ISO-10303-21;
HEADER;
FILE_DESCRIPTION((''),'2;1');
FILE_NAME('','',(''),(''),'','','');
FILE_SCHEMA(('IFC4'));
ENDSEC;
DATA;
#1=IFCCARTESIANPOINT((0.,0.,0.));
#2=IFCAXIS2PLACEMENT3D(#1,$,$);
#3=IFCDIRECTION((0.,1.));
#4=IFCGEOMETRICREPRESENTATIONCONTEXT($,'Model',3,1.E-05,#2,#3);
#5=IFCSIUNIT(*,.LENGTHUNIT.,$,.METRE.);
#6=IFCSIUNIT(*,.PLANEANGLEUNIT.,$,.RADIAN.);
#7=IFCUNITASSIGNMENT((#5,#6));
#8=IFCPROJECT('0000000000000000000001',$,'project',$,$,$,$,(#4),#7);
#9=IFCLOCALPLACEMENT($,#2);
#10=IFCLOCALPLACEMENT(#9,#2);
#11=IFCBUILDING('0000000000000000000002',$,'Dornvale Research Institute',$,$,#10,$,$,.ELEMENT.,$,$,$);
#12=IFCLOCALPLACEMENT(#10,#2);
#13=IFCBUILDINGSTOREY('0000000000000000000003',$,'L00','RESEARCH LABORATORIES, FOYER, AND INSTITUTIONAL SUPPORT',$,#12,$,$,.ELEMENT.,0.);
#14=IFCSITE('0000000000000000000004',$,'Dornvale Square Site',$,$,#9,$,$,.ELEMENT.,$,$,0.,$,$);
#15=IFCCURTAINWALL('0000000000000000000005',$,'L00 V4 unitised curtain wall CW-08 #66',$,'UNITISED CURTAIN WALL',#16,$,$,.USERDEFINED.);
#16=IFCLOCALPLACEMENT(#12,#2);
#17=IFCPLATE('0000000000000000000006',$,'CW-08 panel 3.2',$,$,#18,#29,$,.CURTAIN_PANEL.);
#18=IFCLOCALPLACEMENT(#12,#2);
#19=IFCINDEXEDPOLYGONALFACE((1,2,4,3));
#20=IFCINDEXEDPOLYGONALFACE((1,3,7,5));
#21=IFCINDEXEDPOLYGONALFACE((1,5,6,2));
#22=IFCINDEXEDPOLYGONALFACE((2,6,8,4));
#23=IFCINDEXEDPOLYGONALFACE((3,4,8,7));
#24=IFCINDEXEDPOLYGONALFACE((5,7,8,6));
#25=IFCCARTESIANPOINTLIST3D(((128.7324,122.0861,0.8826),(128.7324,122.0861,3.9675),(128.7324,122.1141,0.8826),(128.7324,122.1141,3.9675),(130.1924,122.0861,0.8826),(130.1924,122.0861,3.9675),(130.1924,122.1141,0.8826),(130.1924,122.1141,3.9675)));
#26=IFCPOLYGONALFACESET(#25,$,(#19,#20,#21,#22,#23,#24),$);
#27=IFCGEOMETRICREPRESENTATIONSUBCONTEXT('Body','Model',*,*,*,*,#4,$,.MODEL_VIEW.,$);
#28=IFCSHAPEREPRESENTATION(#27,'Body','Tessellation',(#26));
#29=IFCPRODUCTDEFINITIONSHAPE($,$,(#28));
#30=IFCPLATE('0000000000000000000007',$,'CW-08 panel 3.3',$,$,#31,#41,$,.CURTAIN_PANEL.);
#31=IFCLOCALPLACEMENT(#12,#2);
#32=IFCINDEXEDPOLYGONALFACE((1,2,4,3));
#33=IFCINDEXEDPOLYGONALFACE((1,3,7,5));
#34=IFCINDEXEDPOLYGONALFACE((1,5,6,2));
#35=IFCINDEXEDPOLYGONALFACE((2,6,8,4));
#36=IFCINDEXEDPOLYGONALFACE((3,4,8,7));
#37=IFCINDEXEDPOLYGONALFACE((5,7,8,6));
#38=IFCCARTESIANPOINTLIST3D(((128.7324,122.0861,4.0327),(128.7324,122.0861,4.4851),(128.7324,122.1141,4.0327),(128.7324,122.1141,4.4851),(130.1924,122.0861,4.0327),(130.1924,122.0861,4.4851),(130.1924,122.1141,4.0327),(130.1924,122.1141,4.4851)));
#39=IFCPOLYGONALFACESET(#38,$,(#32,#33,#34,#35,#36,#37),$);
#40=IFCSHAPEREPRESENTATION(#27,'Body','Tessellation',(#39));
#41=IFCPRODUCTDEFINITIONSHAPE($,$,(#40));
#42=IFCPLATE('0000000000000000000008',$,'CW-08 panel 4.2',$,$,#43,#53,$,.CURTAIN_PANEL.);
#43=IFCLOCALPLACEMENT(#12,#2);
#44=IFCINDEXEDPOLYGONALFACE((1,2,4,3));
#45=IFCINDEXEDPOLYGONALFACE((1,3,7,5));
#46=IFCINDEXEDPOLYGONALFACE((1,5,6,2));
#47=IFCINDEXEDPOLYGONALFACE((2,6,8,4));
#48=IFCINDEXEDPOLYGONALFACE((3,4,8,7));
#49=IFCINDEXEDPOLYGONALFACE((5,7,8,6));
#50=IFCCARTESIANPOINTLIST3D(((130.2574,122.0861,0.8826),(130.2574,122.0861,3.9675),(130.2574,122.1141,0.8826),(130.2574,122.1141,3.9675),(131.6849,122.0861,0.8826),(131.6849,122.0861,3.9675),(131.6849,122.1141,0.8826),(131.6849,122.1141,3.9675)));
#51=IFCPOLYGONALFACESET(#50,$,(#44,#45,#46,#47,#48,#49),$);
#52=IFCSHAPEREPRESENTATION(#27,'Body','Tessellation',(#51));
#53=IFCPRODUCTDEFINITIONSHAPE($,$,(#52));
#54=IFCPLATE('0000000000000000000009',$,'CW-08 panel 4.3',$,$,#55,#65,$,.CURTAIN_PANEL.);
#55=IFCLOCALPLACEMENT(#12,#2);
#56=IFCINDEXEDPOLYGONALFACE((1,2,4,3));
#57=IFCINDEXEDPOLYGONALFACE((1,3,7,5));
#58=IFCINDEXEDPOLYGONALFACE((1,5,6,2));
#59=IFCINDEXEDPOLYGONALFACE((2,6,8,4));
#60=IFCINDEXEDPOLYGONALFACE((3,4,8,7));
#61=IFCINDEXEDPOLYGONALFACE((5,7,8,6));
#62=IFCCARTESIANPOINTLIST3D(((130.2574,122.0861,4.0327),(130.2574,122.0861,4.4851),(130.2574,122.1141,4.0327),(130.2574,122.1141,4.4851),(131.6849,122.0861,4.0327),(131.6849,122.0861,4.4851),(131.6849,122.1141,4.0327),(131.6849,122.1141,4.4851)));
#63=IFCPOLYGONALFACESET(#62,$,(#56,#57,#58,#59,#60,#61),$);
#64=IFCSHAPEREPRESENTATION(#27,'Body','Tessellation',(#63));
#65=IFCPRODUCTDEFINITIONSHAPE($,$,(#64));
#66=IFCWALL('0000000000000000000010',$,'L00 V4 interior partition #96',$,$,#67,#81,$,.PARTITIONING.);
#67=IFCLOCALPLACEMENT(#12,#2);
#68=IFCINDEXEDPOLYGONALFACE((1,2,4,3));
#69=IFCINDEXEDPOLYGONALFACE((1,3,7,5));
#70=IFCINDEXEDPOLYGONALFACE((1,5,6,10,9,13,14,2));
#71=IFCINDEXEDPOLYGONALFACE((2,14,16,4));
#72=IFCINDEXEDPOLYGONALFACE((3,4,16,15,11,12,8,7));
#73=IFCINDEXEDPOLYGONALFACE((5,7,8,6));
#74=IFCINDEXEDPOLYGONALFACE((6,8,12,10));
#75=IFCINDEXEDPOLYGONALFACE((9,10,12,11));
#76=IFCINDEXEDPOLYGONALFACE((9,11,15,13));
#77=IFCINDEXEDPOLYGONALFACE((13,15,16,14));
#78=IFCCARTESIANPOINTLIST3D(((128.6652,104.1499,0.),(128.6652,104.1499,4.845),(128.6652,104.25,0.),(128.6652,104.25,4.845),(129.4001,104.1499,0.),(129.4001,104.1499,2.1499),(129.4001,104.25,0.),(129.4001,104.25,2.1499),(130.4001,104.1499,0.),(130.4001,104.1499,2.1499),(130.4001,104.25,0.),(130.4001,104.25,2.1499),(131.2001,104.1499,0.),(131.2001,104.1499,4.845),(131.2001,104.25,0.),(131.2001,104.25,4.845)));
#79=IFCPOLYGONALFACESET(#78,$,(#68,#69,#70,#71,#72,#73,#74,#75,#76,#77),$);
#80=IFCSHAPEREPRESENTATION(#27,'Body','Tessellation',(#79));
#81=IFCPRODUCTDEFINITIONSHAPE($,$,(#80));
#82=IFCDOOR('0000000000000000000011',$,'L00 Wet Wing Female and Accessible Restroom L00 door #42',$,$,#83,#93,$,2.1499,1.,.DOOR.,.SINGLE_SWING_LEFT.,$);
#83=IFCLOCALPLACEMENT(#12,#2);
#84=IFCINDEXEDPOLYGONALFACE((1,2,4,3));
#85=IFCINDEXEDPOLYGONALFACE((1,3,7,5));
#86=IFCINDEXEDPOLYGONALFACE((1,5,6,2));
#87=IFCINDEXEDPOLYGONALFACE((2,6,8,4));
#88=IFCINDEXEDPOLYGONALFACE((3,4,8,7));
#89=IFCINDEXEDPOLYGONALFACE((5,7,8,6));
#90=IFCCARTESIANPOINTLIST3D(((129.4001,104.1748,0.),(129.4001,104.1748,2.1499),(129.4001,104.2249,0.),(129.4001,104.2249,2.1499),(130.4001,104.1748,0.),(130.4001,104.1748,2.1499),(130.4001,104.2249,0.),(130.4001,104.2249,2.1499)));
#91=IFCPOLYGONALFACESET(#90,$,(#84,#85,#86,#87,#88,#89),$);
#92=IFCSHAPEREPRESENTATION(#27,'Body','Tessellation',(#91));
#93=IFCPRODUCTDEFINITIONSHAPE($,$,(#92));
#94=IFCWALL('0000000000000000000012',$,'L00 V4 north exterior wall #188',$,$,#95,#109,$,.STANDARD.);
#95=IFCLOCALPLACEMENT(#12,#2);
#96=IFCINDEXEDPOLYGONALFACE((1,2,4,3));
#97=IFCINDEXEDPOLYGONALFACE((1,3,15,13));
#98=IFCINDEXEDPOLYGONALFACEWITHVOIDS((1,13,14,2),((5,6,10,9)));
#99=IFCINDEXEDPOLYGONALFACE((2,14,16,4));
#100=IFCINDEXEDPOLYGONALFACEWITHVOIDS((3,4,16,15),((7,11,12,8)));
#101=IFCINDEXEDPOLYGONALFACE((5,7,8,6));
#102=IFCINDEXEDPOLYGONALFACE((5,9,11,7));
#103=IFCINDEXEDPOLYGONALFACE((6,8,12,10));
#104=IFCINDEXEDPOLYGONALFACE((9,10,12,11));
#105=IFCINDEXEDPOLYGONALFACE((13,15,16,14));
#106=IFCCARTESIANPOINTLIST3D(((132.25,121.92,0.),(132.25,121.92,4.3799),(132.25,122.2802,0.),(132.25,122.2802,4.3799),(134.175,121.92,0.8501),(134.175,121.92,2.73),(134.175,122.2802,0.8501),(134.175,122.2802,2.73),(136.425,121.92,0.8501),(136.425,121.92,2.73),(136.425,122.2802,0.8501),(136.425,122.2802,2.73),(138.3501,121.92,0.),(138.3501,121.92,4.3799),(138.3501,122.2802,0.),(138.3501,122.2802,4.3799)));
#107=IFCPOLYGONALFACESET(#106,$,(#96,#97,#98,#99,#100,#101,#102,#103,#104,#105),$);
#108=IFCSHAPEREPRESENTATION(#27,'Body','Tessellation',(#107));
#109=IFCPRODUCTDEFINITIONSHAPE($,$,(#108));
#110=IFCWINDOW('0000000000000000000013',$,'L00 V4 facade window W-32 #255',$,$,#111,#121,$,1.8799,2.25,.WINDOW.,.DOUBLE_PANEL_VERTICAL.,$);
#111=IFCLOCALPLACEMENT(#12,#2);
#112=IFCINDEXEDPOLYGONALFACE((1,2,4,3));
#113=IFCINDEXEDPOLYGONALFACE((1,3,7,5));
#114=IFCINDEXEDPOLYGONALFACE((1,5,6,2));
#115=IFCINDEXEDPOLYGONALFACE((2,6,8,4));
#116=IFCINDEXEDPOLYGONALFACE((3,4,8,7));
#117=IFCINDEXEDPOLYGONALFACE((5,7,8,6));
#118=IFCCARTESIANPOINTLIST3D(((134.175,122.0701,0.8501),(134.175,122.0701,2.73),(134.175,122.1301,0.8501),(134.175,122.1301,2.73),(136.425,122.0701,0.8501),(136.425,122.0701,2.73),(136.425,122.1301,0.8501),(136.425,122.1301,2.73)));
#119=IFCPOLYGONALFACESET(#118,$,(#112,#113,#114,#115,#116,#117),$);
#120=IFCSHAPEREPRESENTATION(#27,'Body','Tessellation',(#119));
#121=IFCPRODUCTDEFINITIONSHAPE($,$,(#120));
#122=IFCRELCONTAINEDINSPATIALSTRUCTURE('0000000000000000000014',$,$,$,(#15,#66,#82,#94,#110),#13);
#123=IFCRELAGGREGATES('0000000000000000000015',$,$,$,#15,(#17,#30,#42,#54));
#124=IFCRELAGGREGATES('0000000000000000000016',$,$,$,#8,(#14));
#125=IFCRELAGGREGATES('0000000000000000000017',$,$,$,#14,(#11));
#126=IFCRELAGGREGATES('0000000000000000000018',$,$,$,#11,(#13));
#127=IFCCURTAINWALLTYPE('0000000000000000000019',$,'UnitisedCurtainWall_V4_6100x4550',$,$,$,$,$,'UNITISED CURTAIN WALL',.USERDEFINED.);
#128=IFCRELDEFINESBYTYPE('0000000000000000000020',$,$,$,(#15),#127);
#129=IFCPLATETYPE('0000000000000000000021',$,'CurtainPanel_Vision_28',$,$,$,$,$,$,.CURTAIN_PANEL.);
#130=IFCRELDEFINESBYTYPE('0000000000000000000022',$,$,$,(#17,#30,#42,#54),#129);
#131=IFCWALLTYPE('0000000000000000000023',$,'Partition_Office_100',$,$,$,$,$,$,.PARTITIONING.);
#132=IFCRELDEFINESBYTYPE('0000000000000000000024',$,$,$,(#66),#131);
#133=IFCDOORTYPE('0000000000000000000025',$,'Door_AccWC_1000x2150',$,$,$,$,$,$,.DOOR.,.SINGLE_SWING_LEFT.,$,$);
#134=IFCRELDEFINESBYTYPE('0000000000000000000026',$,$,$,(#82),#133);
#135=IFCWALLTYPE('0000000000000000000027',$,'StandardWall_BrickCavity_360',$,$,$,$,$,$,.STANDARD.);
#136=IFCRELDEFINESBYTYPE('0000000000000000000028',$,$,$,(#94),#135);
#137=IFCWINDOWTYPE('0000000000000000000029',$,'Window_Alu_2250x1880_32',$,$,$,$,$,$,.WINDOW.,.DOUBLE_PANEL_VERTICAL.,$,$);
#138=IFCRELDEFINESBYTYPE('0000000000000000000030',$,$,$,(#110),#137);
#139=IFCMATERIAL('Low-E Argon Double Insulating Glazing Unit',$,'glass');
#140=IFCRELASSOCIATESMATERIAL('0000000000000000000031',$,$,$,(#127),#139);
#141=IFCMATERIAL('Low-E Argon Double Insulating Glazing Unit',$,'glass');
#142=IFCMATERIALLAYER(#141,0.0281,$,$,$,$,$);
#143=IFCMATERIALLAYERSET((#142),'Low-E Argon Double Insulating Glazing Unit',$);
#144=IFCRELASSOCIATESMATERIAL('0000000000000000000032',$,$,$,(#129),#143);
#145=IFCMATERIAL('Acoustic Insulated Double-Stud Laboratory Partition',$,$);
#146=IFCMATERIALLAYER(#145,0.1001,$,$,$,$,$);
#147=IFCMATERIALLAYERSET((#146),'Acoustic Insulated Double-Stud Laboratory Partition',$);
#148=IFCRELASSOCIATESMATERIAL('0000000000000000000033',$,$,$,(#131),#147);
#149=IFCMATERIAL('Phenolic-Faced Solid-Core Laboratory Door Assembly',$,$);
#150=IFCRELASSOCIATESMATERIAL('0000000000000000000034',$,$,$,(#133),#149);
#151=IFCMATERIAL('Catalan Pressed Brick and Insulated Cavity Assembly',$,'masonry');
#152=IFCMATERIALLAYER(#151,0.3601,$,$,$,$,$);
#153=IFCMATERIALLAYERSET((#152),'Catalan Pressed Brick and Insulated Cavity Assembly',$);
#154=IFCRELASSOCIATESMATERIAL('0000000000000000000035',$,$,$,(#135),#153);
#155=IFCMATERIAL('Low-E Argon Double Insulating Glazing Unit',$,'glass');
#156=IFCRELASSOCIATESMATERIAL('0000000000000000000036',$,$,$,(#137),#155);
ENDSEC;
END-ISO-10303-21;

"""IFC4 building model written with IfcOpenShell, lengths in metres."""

from ifc_helpers import new_model, si_unit, direction, frame, frame_2d, origin, origin_2d, place, context, subcontext, project, spatial, rectangle, extrude, material, layer, layer_set, type_object, element, fill, aggregate, save


model = new_model("IFC4")

# Units and contexts
model_context = context("Model", 3, precision=1e-05, world=origin(), true_north=direction((0.0, 1.0)))
body_context = subcontext(model_context, "Body", "Model", "MODEL_VIEW")
ifc_project = project(units=[si_unit("LENGTHUNIT", "METRE"), si_unit("PLANEANGLEUNIT", "RADIAN")], contexts=[model_context])

# Site, building, storey
site_placement = place(None, origin())
site = spatial("IfcSite", under=ifc_project, at=site_placement, Name="Dornvale Square Site", CompositionType="ELEMENT", RefElevation=0.0)
building_placement = place(site_placement, origin())
building = spatial("IfcBuilding", under=site, at=building_placement, Name="Dornvale Research Institute", CompositionType="ELEMENT")
storey_placement = place(building_placement, origin())
storey = spatial("IfcBuildingStorey", under=building, at=storey_placement, Name="L00", Description="RESEARCH LABORATORIES, FOYER, AND INSTITUTIONAL SUPPORT", CompositionType="ELEMENT", Elevation=0.0)

# Curtain wall, plates
ifc_material_1 = material(Name="Low-E Argon Double Insulating Glazing Unit", Category="glass")
curtain_wall_type = type_object("IfcCurtainWallType", Name="UnitisedCurtainWall_V4_6100x4550", ElementType="UNITISED CURTAIN WALL", PredefinedType="USERDEFINED", material=ifc_material_1)
curtain_wall_placement = place(storey_placement, origin())
curtain_wall = element("IfcCurtainWall", 1, at=curtain_wall_placement, inside=storey, type_object=curtain_wall_type, Name="L00 V4 unitised curtain wall CW-08 #66", ObjectType="UNITISED CURTAIN WALL", PredefinedType="USERDEFINED")
ifc_material_2 = material(Name="Low-E Argon Double Insulating Glazing Unit", Category="glass")
ifc_layer_1 = layer(ifc_material_2, 0.0281)
ifc_layer_set_1 = layer_set([ifc_layer_1], Name="Low-E Argon Double Insulating Glazing Unit")
plate_type_1 = type_object("IfcPlateType", Name="CurtainPanel_Vision_28", PredefinedType="CURTAIN_PANEL", material=ifc_layer_set_1)
plate_1_placement = place(storey_placement, frame((129.4624, 122.1001, 0.8826), z_axis=(0.0, 0.0, 1.0), x_axis=(1.0, 0.0, 0.0)))
plate_1 = element("IfcPlate", 2, at=plate_1_placement, type_object=plate_type_1, Name="CW-08 panel 3.2", PredefinedType="CURTAIN_PANEL", context=body_context, shape_type="SweptSolid", body=[
    extrude(rectangle(XDim=1.46, YDim=0.0281, at=origin_2d()), origin(), (0.0, 0.0, 1.0), 3.085),
])
plate_2_placement = place(storey_placement, frame((129.4624, 122.1001, 4.0327), z_axis=(0.0, 0.0, 1.0), x_axis=(1.0, 0.0, 0.0)))
plate_2 = element("IfcPlate", 3, at=plate_2_placement, type_object=plate_type_1, Name="CW-08 panel 3.3", PredefinedType="CURTAIN_PANEL", context=body_context, shape_type="SweptSolid", body=[
    extrude(rectangle(XDim=1.46, YDim=0.0281, at=origin_2d()), origin(), (0.0, 0.0, 1.0), 0.4524),
])
plate_3_placement = place(storey_placement, frame((130.9712, 122.1001, 0.8826), z_axis=(0.0, 0.0, 1.0), x_axis=(1.0, 0.0, 0.0)))
plate_3 = element("IfcPlate", 4, at=plate_3_placement, type_object=plate_type_1, Name="CW-08 panel 4.2", PredefinedType="CURTAIN_PANEL", context=body_context, shape_type="SweptSolid", body=[
    extrude(rectangle(XDim=1.4275, YDim=0.0281, at=origin_2d()), origin(), (0.0, 0.0, 1.0), 3.085),
])
plate_4_placement = place(storey_placement, frame((130.9712, 122.1001, 4.0327), z_axis=(0.0, 0.0, 1.0), x_axis=(1.0, 0.0, 0.0)))
plate_4 = element("IfcPlate", 5, at=plate_4_placement, type_object=plate_type_1, Name="CW-08 panel 4.3", PredefinedType="CURTAIN_PANEL", context=body_context, shape_type="SweptSolid", body=[
    extrude(rectangle(XDim=1.4275, YDim=0.0281, at=origin_2d()), origin(), (0.0, 0.0, 1.0), 0.4524),
])
aggregate(curtain_wall, [plate_1, plate_2, plate_3, plate_4])

# Wall, opening, door
ifc_material_3 = material(Name="Acoustic Insulated Double-Stud Laboratory Partition")
ifc_layer_2 = layer(ifc_material_3, 0.1001)
ifc_layer_set_2 = layer_set([ifc_layer_2], Name="Acoustic Insulated Double-Stud Laboratory Partition")
wall_type_1 = type_object("IfcWallType", Name="Partition_Office_100", PredefinedType="PARTITIONING", material=ifc_layer_set_2)
wall_1_placement = place(storey_placement, frame((128.665, 104.2, 0.0), z_axis=(0.0, 0.0, 1.0), x_axis=(1.0, 0.0, 0.0)))
wall_1 = element("IfcWall", 6, at=wall_1_placement, inside=storey, type_object=wall_type_1, Name="L00 V4 interior partition #96", PredefinedType="PARTITIONING", context=body_context, shape_type="SweptSolid", body=[
    extrude(rectangle(XDim=2.5349, YDim=0.1001, at=frame_2d((1.2676, 0.0))), origin(), (0.0, 0.0, 1.0), 4.845),
])
opening_1_placement = place(wall_1_placement, frame((0.7351, 0.0, 0.0)))
opening_1 = element("IfcOpeningElement", 7, at=opening_1_placement, cuts=wall_1, PredefinedType="OPENING", context=body_context, shape_type="SweptSolid", body=[
    extrude(rectangle(XDim=1.0, YDim=2.1499, at=frame_2d((0.5, 1.075))), frame((0.0, 0.0649, 0.0), z_axis=(0.0, -1.0, 0.0), x_axis=(1.0, 0.0, 0.0)), (0.0, 0.0, 1.0), 0.1301),
])
ifc_material_4 = material(Name="Phenolic-Faced Solid-Core Laboratory Door Assembly")
door_type = type_object("IfcDoorType", Name="Door_AccWC_1000x2150", OperationType="SINGLE_SWING_LEFT", PredefinedType="DOOR", material=ifc_material_4)
door_placement = place(opening_1_placement, origin())
door = element("IfcDoor", 8, at=door_placement, inside=storey, type_object=door_type, Name="L00 Wet Wing Female and Accessible Restroom L00 door #42", OperationType="SINGLE_SWING_LEFT", OverallHeight=2.1499, OverallWidth=1.0, PredefinedType="DOOR", context=body_context, shape_type="SweptSolid", body=[
    extrude(rectangle(XDim=1.0, YDim=2.1499, at=frame_2d((0.5, 1.075))), frame((0.0, 0.0249, 0.0), z_axis=(0.0, -1.0, 0.0), x_axis=(1.0, 0.0, 0.0)), (0.0, 0.0, 1.0), 0.05),
])
fill(opening_1, door)

# Wall, opening, window
ifc_material_5 = material(Name="Catalan Pressed Brick and Insulated Cavity Assembly", Category="masonry")
ifc_layer_3 = layer(ifc_material_5, 0.3601)
ifc_layer_set_3 = layer_set([ifc_layer_3], Name="Catalan Pressed Brick and Insulated Cavity Assembly")
wall_type_2 = type_object("IfcWallType", Name="StandardWall_BrickCavity_360", PredefinedType="STANDARD", material=ifc_layer_set_3)
wall_2_placement = place(storey_placement, frame((132.25, 122.1001, 0.0), z_axis=(0.0, 0.0, 1.0), x_axis=(1.0, 0.0, 0.0)))
wall_2 = element("IfcWall", 9, at=wall_2_placement, inside=storey, type_object=wall_type_2, Name="L00 V4 north exterior wall #188", PredefinedType="STANDARD", context=body_context, shape_type="SweptSolid", body=[
    extrude(rectangle(XDim=6.1001, YDim=0.3601, at=frame_2d((3.05, 0.0))), origin(), (0.0, 0.0, 1.0), 4.3799),
])
opening_2_placement = place(wall_2_placement, frame((1.925, 0.0, 0.8501)))
opening_2 = element("IfcOpeningElement", 10, at=opening_2_placement, cuts=wall_2, PredefinedType="OPENING", context=body_context, shape_type="SweptSolid", body=[
    extrude(rectangle(XDim=2.25, YDim=1.8799, at=frame_2d((1.125, 0.9399))), frame((0.0, 0.1951, 0.0), z_axis=(0.0, -1.0, 0.0), x_axis=(1.0, 0.0, 0.0)), (0.0, 0.0, 1.0), 0.3901),
])
ifc_material_6 = material(Name="Low-E Argon Double Insulating Glazing Unit", Category="glass")
window_type = type_object("IfcWindowType", Name="Window_Alu_2250x1880_32", PartitioningType="DOUBLE_PANEL_VERTICAL", PredefinedType="WINDOW", material=ifc_material_6)
window_placement = place(opening_2_placement, origin())
window = element("IfcWindow", 11, at=window_placement, inside=storey, type_object=window_type, Name="L00 V4 facade window W-32 #255", OverallHeight=1.8799, OverallWidth=2.25, PartitioningType="DOUBLE_PANEL_VERTICAL", PredefinedType="WINDOW", context=body_context, shape_type="SweptSolid", body=[
    extrude(rectangle(XDim=2.25, YDim=1.8799, at=frame_2d((1.125, 0.9399))), frame((0.0, 0.03, 0.0), z_axis=(0.0, -1.0, 0.0), x_axis=(1.0, 0.0, 0.0)), (0.0, 0.0, 1.0), 0.0601),
])
fill(opening_2, window)

save(model, "model.ifc")
